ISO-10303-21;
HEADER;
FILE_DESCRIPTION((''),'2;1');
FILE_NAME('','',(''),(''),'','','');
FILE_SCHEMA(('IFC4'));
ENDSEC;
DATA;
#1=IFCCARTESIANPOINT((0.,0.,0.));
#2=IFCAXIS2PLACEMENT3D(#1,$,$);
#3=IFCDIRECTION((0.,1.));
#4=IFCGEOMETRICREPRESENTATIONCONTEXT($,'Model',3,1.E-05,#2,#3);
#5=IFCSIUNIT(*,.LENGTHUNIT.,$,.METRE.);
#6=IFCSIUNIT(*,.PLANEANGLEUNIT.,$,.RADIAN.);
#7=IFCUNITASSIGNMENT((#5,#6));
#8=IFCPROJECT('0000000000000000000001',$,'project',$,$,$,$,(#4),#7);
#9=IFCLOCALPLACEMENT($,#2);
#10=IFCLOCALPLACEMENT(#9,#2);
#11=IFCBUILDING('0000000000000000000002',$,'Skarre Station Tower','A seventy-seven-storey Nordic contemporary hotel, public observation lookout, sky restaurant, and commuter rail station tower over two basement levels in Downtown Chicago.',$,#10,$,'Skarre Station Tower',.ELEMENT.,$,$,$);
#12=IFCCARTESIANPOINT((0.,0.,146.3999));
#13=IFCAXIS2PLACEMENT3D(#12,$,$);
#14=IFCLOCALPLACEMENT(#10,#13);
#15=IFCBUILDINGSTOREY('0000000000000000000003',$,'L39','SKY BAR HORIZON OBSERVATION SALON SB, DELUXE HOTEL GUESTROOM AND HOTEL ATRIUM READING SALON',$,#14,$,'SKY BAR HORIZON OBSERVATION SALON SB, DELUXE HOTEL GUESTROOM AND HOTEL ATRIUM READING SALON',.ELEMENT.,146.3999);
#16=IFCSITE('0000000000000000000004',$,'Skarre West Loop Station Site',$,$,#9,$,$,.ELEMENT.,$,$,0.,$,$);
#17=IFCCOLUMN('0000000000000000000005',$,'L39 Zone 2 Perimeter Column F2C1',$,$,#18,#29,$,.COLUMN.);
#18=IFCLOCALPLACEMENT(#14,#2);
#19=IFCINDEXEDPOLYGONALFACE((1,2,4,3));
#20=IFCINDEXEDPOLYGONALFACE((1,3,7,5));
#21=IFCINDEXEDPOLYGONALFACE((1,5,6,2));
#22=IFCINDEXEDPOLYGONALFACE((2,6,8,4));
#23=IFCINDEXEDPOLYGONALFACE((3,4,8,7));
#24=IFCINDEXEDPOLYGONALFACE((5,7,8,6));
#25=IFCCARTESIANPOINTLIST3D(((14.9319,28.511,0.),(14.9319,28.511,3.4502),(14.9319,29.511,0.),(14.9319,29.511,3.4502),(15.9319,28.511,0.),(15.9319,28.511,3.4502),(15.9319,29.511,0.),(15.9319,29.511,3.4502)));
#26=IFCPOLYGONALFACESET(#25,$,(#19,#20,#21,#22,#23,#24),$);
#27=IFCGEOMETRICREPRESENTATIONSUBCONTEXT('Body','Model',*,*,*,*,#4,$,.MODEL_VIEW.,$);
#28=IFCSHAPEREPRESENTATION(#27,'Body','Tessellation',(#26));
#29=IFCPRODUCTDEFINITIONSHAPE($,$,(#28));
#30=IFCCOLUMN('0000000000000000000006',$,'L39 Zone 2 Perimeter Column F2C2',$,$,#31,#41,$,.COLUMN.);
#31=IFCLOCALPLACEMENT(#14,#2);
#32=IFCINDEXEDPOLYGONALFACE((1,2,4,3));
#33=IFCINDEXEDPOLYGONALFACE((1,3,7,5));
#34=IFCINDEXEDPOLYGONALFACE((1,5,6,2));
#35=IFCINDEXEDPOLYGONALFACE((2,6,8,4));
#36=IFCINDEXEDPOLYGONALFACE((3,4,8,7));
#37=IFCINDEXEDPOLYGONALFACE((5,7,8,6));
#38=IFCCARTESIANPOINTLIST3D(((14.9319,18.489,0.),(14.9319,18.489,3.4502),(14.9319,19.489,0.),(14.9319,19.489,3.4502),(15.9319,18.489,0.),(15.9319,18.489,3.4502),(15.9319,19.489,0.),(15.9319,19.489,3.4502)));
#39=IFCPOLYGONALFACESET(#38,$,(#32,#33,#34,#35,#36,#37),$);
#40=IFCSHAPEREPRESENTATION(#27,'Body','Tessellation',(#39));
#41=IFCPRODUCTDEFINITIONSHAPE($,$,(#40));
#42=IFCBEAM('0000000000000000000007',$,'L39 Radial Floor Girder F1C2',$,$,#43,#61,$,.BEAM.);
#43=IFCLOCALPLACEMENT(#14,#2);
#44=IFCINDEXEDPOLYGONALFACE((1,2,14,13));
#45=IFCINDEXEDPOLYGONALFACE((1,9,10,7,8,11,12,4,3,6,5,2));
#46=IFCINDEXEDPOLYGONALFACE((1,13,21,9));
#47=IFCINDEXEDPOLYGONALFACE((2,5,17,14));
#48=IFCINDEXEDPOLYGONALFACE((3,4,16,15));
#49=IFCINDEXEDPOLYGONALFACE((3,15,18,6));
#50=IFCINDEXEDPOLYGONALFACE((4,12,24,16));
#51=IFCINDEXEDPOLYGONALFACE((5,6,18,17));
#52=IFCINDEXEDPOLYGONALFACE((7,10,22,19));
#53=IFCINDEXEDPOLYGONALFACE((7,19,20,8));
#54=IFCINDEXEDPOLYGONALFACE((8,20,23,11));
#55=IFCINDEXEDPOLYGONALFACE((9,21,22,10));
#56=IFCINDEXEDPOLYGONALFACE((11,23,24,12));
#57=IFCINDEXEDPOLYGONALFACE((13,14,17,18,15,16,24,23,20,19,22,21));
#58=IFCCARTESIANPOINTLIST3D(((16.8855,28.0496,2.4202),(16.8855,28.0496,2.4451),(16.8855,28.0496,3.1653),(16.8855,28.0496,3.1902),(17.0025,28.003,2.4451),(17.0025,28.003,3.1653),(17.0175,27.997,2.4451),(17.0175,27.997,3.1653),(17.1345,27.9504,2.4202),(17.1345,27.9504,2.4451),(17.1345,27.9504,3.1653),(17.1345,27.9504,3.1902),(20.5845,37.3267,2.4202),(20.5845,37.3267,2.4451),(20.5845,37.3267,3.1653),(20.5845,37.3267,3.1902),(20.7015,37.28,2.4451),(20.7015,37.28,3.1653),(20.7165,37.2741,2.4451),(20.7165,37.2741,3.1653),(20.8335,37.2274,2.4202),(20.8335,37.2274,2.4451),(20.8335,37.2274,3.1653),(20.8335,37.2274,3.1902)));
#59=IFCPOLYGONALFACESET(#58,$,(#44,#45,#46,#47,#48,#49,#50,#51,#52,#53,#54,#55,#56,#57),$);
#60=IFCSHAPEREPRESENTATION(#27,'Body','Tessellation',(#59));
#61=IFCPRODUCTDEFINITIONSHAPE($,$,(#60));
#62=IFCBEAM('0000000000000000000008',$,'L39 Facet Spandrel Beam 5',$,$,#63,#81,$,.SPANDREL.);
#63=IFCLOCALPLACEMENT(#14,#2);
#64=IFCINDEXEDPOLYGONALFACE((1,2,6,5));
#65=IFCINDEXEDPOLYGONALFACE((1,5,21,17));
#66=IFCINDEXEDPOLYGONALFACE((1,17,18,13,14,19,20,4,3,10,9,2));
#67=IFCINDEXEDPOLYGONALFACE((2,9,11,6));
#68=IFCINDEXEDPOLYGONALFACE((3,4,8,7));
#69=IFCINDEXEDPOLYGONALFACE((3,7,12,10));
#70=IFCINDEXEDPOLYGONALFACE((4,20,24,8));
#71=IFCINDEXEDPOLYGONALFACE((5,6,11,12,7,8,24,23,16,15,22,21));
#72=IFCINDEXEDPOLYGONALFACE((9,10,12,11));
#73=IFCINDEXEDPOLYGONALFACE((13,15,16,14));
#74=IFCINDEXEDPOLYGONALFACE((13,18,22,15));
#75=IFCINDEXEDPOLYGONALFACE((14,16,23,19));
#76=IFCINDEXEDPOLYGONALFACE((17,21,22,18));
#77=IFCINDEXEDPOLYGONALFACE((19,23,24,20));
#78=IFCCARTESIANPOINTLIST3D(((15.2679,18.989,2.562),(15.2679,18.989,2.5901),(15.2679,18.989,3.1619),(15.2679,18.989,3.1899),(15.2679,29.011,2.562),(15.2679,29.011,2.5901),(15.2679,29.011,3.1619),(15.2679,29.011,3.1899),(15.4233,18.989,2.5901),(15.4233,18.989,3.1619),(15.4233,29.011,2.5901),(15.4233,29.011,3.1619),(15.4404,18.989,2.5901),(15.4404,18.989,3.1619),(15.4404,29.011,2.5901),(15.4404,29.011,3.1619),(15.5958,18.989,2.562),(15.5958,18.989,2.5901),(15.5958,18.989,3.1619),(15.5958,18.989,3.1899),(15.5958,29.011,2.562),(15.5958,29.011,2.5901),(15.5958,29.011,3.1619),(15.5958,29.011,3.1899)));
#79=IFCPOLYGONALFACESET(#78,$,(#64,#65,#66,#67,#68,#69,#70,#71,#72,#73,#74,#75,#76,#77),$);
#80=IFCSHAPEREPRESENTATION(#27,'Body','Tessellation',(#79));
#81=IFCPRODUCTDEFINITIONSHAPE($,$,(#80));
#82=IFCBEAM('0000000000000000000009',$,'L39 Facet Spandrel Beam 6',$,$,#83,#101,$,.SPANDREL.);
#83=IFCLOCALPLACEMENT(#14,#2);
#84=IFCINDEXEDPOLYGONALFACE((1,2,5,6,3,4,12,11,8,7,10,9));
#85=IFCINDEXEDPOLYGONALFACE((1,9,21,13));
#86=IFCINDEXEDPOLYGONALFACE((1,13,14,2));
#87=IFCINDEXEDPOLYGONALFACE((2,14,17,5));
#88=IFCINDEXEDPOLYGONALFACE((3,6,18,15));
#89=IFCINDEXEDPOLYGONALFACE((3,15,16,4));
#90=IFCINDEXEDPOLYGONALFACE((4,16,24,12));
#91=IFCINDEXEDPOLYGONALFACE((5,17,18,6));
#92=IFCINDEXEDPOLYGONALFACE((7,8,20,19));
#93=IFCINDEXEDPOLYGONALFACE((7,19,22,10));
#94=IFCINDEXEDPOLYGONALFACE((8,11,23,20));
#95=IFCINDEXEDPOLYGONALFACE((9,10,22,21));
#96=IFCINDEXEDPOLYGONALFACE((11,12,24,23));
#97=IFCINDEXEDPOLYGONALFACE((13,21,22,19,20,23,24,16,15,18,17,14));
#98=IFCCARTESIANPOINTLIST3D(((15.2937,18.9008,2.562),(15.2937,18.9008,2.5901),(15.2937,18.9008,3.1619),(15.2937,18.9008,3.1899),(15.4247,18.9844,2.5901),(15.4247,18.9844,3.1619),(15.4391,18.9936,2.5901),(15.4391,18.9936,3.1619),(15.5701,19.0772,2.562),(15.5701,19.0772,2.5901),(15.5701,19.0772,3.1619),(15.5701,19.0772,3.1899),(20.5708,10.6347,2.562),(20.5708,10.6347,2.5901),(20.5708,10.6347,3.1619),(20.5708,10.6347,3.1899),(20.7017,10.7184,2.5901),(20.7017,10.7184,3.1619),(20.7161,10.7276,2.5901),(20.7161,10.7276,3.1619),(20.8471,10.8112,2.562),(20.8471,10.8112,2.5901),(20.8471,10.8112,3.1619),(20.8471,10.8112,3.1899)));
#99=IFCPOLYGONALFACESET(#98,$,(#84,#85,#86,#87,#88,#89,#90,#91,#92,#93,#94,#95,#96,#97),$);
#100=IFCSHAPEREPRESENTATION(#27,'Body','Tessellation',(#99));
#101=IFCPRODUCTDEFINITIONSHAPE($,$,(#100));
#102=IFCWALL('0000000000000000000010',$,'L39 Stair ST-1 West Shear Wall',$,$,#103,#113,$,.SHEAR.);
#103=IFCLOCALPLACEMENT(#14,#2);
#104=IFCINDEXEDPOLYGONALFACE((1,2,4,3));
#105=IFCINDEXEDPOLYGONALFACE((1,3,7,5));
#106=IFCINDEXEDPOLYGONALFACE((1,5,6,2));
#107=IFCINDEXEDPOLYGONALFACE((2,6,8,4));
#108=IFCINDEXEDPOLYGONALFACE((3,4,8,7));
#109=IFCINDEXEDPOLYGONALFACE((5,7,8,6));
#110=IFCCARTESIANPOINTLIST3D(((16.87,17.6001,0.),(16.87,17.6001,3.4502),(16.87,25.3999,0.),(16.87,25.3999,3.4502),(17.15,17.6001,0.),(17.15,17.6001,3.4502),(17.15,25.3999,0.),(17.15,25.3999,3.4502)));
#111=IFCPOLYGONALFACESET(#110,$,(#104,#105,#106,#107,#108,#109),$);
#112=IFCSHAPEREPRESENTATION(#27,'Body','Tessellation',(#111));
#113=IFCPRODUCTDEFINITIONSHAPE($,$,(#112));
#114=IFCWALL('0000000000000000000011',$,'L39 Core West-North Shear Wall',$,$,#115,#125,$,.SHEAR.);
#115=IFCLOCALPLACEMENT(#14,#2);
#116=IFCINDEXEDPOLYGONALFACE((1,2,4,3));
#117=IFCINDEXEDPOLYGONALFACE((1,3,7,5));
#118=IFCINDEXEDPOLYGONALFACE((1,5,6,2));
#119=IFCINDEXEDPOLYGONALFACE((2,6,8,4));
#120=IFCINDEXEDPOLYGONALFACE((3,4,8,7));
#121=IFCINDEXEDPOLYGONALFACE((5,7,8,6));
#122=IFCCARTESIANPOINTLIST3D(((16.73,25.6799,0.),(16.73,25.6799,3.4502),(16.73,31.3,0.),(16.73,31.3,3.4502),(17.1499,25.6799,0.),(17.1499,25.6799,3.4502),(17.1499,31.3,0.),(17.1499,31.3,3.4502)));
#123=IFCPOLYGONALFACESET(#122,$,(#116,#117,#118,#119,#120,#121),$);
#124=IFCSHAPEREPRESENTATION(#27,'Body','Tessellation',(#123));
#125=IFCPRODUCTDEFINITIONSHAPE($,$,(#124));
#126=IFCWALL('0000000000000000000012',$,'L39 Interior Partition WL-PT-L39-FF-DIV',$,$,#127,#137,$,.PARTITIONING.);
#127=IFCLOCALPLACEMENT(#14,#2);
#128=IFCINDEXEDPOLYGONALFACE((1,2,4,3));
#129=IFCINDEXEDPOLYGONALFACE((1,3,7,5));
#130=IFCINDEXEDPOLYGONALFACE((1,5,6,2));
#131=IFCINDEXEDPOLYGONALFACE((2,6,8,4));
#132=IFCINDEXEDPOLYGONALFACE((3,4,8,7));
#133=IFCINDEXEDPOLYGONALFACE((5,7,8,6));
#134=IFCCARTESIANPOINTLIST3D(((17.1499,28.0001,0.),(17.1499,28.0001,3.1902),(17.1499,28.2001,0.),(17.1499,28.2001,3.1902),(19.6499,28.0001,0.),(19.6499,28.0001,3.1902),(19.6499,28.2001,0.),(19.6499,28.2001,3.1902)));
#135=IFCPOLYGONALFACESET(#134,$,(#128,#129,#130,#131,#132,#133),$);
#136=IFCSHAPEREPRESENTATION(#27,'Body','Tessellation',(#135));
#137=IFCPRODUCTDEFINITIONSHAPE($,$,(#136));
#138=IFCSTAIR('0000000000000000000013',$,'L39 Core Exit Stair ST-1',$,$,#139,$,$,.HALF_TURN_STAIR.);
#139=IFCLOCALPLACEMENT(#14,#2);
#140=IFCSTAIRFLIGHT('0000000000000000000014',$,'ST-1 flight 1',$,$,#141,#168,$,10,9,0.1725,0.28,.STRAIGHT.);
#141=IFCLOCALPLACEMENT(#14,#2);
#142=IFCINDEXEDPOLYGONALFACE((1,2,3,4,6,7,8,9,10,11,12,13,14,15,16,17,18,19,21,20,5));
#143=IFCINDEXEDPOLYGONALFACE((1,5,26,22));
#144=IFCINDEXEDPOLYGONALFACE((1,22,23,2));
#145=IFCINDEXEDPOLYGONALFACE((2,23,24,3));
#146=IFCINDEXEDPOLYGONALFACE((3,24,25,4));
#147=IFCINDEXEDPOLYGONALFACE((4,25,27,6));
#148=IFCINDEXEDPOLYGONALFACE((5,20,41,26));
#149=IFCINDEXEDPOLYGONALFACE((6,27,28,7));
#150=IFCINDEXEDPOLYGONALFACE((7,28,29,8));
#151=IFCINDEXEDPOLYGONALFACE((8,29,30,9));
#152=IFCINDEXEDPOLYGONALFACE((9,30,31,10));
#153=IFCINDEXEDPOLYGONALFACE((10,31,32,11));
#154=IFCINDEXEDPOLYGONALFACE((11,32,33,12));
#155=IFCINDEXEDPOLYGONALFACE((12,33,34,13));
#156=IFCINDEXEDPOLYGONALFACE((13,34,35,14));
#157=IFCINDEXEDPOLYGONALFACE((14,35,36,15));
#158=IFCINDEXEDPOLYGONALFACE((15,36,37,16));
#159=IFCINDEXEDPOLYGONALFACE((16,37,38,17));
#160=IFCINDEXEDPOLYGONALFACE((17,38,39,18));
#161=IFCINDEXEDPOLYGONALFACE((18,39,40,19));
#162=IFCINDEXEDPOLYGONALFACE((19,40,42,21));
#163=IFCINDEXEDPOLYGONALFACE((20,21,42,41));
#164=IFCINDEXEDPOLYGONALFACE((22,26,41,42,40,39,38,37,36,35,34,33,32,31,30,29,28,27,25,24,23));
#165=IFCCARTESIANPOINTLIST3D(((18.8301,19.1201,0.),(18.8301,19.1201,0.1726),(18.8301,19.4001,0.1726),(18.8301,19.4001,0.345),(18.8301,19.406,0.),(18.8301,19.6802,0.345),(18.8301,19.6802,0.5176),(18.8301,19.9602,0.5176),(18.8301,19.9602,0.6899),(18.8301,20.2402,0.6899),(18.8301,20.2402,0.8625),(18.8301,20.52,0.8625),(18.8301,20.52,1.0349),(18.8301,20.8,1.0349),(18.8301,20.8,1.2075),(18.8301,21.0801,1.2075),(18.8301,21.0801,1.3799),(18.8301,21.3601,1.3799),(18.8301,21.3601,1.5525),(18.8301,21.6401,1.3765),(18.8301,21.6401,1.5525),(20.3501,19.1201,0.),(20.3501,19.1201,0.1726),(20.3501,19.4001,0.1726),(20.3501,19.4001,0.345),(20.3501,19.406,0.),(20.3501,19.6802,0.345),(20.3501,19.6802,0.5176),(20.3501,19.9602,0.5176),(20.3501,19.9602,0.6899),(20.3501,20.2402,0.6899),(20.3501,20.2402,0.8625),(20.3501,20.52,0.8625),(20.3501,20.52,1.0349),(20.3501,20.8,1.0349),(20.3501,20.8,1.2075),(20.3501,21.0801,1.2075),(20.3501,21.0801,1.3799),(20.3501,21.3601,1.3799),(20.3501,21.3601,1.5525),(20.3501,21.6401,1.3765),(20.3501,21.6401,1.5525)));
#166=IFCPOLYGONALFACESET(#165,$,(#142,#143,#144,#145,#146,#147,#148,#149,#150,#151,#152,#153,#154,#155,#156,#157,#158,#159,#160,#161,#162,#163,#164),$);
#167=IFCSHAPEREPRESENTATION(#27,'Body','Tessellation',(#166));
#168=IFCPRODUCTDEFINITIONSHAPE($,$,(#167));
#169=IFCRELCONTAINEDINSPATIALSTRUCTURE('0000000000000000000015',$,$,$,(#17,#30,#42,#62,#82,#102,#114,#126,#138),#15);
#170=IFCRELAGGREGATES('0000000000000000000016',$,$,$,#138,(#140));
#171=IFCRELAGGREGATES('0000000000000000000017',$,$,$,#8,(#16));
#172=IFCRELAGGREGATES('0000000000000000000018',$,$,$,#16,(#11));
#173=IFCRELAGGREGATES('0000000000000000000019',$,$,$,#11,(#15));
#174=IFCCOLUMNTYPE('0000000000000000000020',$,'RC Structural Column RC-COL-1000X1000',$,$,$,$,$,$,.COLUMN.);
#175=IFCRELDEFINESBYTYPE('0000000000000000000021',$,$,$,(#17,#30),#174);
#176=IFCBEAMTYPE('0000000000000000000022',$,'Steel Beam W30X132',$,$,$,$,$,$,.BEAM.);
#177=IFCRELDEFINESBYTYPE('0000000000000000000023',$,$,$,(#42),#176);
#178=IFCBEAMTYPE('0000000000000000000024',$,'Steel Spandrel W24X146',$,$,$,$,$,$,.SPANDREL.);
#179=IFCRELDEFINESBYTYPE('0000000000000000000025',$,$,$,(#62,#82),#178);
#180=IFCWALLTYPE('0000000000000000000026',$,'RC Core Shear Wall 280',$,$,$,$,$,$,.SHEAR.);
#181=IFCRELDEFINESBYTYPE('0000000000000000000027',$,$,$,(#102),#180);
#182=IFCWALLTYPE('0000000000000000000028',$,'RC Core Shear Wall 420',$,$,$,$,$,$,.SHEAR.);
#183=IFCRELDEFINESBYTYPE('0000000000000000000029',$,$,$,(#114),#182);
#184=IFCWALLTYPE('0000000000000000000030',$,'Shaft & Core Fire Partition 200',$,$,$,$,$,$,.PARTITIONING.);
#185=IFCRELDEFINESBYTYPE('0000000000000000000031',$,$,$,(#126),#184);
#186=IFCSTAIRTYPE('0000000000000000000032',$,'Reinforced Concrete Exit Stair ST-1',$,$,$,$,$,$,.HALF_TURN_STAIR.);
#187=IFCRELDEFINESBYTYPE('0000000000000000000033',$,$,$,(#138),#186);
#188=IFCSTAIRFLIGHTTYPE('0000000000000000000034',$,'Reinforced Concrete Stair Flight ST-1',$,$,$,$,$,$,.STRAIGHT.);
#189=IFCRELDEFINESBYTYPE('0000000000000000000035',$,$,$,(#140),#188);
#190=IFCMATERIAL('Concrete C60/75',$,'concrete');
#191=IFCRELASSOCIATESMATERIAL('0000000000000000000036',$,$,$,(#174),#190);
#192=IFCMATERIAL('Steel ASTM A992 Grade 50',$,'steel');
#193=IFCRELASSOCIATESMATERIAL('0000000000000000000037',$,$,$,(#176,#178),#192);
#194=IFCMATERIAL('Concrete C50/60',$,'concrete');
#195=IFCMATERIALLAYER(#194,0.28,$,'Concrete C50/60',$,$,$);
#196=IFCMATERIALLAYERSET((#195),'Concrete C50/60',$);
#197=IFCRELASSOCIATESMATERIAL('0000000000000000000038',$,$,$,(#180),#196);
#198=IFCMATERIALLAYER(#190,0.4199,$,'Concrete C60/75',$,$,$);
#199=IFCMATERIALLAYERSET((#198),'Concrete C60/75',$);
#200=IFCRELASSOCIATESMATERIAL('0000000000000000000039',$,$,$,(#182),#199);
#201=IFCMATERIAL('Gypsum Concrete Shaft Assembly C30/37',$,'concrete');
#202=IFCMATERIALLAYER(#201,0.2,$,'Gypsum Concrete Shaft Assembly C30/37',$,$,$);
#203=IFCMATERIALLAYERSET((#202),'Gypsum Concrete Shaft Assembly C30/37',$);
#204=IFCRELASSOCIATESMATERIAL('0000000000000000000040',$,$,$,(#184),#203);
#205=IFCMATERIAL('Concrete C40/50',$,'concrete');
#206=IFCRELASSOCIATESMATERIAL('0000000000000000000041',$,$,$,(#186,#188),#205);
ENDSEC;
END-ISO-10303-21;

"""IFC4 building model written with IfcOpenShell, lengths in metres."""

from ifc_helpers import new_model, si_unit, direction, frame, frame_2d, origin, origin_2d, place, context, subcontext, project, spatial, polyline, rectangle, i_section, outline, extrude, material, layer, layer_set, material_profile, profile_set, type_object, element, aggregate, save


model = new_model("IFC4")

# Units and contexts
model_context = context("Model", 3, precision=1e-05, world=origin(), true_north=direction((0.0, 1.0)))
body_context = subcontext(model_context, "Body", "Model", "MODEL_VIEW")
ifc_project = project(units=[si_unit("LENGTHUNIT", "METRE"), si_unit("PLANEANGLEUNIT", "RADIAN")], contexts=[model_context])

# Site, building, storey
site_placement = place(None, origin())
site = spatial("IfcSite", under=ifc_project, at=site_placement, Name="Skarre West Loop Station Site", CompositionType="ELEMENT", RefElevation=0.0)
building_placement = place(site_placement, origin())
building = spatial("IfcBuilding", under=site, at=building_placement, Name="Skarre Station Tower", Description="A seventy-seven-storey Nordic contemporary hotel, public observation lookout, sky restaurant, and commuter rail station tower over two basement levels in Downtown Chicago.", LongName="Skarre Station Tower", CompositionType="ELEMENT")
storey_placement = place(building_placement, frame((0.0, 0.0, 146.3999)))
storey = spatial("IfcBuildingStorey", under=building, at=storey_placement, Name="L39", Description="SKY BAR HORIZON OBSERVATION SALON SB, DELUXE HOTEL GUESTROOM AND HOTEL ATRIUM READING SALON", LongName="SKY BAR HORIZON OBSERVATION SALON SB, DELUXE HOTEL GUESTROOM AND HOTEL ATRIUM READING SALON", CompositionType="ELEMENT", Elevation=146.3999)

# Columns
ifc_material_1 = material(Name="Concrete C60/75", Category="concrete")
ifc_material_profile_1 = material_profile(ifc_material_1, rectangle(XDim=1.0, YDim=1.0, at=origin_2d()), Name="Concrete C60/75")
ifc_profile_set_1 = profile_set([ifc_material_profile_1], Name="Concrete C60/75")
column_type = type_object("IfcColumnType", Name="RC Structural Column RC-COL-1000X1000", PredefinedType="COLUMN", material=ifc_profile_set_1)
for number, where, z_axis, x_axis, name in (
    (1, (15.4319, 29.011, 0.0), (0.0, 0.0, 1.0), (1.0, 0.0, 0.0), "L39 Zone 2 Perimeter Column F2C1"),
    (2, (15.4319, 18.989, 0.0), (0.0, 0.0, 1.0), (1.0, 0.0, 0.0), "L39 Zone 2 Perimeter Column F2C2"),
):
    element("IfcColumn", number, at=place(storey_placement, frame(where, z_axis=z_axis, x_axis=x_axis)), inside=storey, type_object=column_type, Name=name, PredefinedType="COLUMN", context=body_context, shape_type="SweptSolid", body=[
        extrude(rectangle(XDim=1.0, YDim=1.0, at=origin_2d()), origin(), (0.0, 0.0, 1.0), 3.4502),
    ])

# Beams
ifc_material_2 = material(Name="Steel ASTM A992 Grade 50", Category="steel")
ifc_material_profile_2 = material_profile(ifc_material_2, i_section(OverallWidth=0.2681, OverallDepth=0.77, WebThickness=0.0161, FlangeThickness=0.0249, at=origin_2d()), Name="Steel ASTM A992 Grade 50")
ifc_profile_set_2 = profile_set([ifc_material_profile_2], Name="Steel ASTM A992 Grade 50")
beam_type_1 = type_object("IfcBeamType", Name="Steel Beam W30X132", PredefinedType="BEAM", material=ifc_profile_set_2)
beam_1_placement = place(storey_placement, frame((17.01, 28.0, 2.8052), z_axis=(0.370366, 0.928886, 0.0), x_axis=(-0.928886, 0.370366, 0.0)))
element("IfcBeam", 3, at=beam_1_placement, inside=storey, type_object=beam_type_1, Name="L39 Radial Floor Girder F1C2", PredefinedType="BEAM", context=body_context, shape_type="SweptSolid", body=[
    extrude(i_section(OverallWidth=0.2681, OverallDepth=0.77, WebThickness=0.0161, FlangeThickness=0.0249, at=origin_2d()), origin(), (0.0, 0.0, 1.0), 9.9873),
])
ifc_material_profile_3 = material_profile(ifc_material_2, i_section(OverallWidth=0.3279, OverallDepth=0.6279, WebThickness=0.0171, FlangeThickness=0.0281, at=origin_2d()), Name="Steel ASTM A992 Grade 50")
ifc_profile_set_3 = profile_set([ifc_material_profile_3], Name="Steel ASTM A992 Grade 50")
beam_type_2 = type_object("IfcBeamType", Name="Steel Spandrel W24X146", PredefinedType="SPANDREL", material=ifc_profile_set_3)
beam_2_placement = place(storey_placement, frame((15.4319, 29.011, 2.876), z_axis=(0.0, -1.0, 0.0), x_axis=(1.0, 0.0, 0.0)))
element("IfcBeam", 4, at=beam_2_placement, inside=storey, type_object=beam_type_2, Name="L39 Facet Spandrel Beam 5", PredefinedType="SPANDREL", context=body_context, shape_type="SweptSolid", body=[
    extrude(i_section(OverallWidth=0.3279, OverallDepth=0.6279, WebThickness=0.0171, FlangeThickness=0.0281, at=origin_2d()), origin(), (0.0, 0.0, 1.0), 10.022),
])
beam_3_placement = place(storey_placement, frame((15.4319, 18.989, 2.876), z_axis=(0.538098, -0.842883, 0.0), x_axis=(0.842883, 0.538098, 0.0)))
element("IfcBeam", 5, at=beam_3_placement, inside=storey, type_object=beam_type_2, Name="L39 Facet Spandrel Beam 6", PredefinedType="SPANDREL", context=body_context, shape_type="SweptSolid", body=[
    extrude(i_section(OverallWidth=0.3279, OverallDepth=0.6279, WebThickness=0.0171, FlangeThickness=0.0281, at=origin_2d()), origin(), (0.0, 0.0, 1.0), 9.8069),
])

# Walls
ifc_material_3 = material(Name="Concrete C50/60", Category="concrete")
ifc_layer_1 = layer(ifc_material_3, 0.28, Name="Concrete C50/60")
ifc_layer_set_1 = layer_set([ifc_layer_1], Name="Concrete C50/60")
wall_type_1 = type_object("IfcWallType", Name="RC Core Shear Wall 280", PredefinedType="SHEAR", material=ifc_layer_set_1)
wall_1_placement = place(storey_placement, frame((17.01, 25.3999, 0.0), z_axis=(0.0, 0.0, 1.0), x_axis=(0.0, -1.0, 0.0)))
element("IfcWall", 6, at=wall_1_placement, inside=storey, type_object=wall_type_1, Name="L39 Stair ST-1 West Shear Wall", PredefinedType="SHEAR", context=body_context, shape_type="SweptSolid", body=[
    extrude(rectangle(XDim=7.7998, YDim=0.28, at=frame_2d((3.8999, 0.0))), origin(), (0.0, 0.0, 1.0), 3.4502),
])
ifc_layer_2 = layer(ifc_material_1, 0.4199, Name="Concrete C60/75")
ifc_layer_set_2 = layer_set([ifc_layer_2], Name="Concrete C60/75")
wall_type_2 = type_object("IfcWallType", Name="RC Core Shear Wall 420", PredefinedType="SHEAR", material=ifc_layer_set_2)
wall_2_placement = place(storey_placement, frame((16.9399, 25.6799, 0.0), z_axis=(0.0, 0.0, 1.0), x_axis=(0.0, 1.0, 0.0)))
element("IfcWall", 7, at=wall_2_placement, inside=storey, type_object=wall_type_2, Name="L39 Core West-North Shear Wall", PredefinedType="SHEAR", context=body_context, shape_type="SweptSolid", body=[
    extrude(rectangle(XDim=5.6201, YDim=0.4199, at=frame_2d((2.8101, 0.0))), origin(), (0.0, 0.0, 1.0), 3.4502),
])
ifc_material_4 = material(Name="Gypsum Concrete Shaft Assembly C30/37", Category="concrete")
ifc_layer_3 = layer(ifc_material_4, 0.2, Name="Gypsum Concrete Shaft Assembly C30/37")
ifc_layer_set_3 = layer_set([ifc_layer_3], Name="Gypsum Concrete Shaft Assembly C30/37")
wall_type_3 = type_object("IfcWallType", Name="Shaft & Core Fire Partition 200", PredefinedType="PARTITIONING", material=ifc_layer_set_3)
wall_3_placement = place(storey_placement, frame((17.1499, 28.1001, 0.0), z_axis=(0.0, 0.0, 1.0), x_axis=(1.0, 0.0, 0.0)))
element("IfcWall", 8, at=wall_3_placement, inside=storey, type_object=wall_type_3, Name="L39 Interior Partition WL-PT-L39-FF-DIV", PredefinedType="PARTITIONING", context=body_context, shape_type="SweptSolid", body=[
    extrude(rectangle(XDim=2.5, YDim=0.2, at=frame_2d((1.25, 0.0))), origin(), (0.0, 0.0, 1.0), 3.1902),
])

# Stair, stair flight
ifc_material_5 = material(Name="Concrete C40/50", Category="concrete")
stair_type = type_object("IfcStairType", Name="Reinforced Concrete Exit Stair ST-1", PredefinedType="HALF_TURN_STAIR", material=ifc_material_5)
stair_placement = place(storey_placement, origin())
stair = element("IfcStair", 9, at=stair_placement, inside=storey, type_object=stair_type, Name="L39 Core Exit Stair ST-1", PredefinedType="HALF_TURN_STAIR")
stair_flight_type = type_object("IfcStairFlightType", Name="Reinforced Concrete Stair Flight ST-1", PredefinedType="STRAIGHT", material=ifc_material_5)
stair_flight_1_placement = place(storey_placement, frame((19.5901, 19.1201, 0.0), z_axis=(0.0, 0.0, 1.0), x_axis=(0.0, 1.0, 0.0)))
stair_flight_1 = element("IfcStairFlight", 10, at=stair_flight_1_placement, type_object=stair_flight_type, Name="ST-1 flight 1", NumberOfRisers=10, NumberOfTreads=9, PredefinedType="STRAIGHT", RiserHeight=0.1725, TreadLength=0.28, context=body_context, shape_type="SweptSolid", body=[
    extrude(outline(polyline([(0.0, 0.0), (0.0, 0.1726), (0.28, 0.1726), (0.28, 0.345), (0.5601, 0.345), (0.5601, 0.5176), (0.8401, 0.5176), (0.8401, 0.6899), (1.1201, 0.6899), (1.1201, 0.8625), (1.3999, 0.8625), (1.3999, 1.0349), (1.6799, 1.0349), (1.6799, 1.2075), (1.96, 1.2075), (1.96, 1.3799), (2.24, 1.3799), (2.24, 1.5525), (2.52, 1.5525), (2.52, 1.7251), (2.52, 1.3765), (0.2859, 0.0), (0.0, 0.0)])), frame((0.0, 0.76, 0.0), z_axis=(0.0, -1.0, 0.0), x_axis=(1.0, 0.0, 0.0)), (0.0, 0.0, 1.0), 1.52),
])
aggregate(stair, [stair_flight_1])

save(model, "model.ifc")
